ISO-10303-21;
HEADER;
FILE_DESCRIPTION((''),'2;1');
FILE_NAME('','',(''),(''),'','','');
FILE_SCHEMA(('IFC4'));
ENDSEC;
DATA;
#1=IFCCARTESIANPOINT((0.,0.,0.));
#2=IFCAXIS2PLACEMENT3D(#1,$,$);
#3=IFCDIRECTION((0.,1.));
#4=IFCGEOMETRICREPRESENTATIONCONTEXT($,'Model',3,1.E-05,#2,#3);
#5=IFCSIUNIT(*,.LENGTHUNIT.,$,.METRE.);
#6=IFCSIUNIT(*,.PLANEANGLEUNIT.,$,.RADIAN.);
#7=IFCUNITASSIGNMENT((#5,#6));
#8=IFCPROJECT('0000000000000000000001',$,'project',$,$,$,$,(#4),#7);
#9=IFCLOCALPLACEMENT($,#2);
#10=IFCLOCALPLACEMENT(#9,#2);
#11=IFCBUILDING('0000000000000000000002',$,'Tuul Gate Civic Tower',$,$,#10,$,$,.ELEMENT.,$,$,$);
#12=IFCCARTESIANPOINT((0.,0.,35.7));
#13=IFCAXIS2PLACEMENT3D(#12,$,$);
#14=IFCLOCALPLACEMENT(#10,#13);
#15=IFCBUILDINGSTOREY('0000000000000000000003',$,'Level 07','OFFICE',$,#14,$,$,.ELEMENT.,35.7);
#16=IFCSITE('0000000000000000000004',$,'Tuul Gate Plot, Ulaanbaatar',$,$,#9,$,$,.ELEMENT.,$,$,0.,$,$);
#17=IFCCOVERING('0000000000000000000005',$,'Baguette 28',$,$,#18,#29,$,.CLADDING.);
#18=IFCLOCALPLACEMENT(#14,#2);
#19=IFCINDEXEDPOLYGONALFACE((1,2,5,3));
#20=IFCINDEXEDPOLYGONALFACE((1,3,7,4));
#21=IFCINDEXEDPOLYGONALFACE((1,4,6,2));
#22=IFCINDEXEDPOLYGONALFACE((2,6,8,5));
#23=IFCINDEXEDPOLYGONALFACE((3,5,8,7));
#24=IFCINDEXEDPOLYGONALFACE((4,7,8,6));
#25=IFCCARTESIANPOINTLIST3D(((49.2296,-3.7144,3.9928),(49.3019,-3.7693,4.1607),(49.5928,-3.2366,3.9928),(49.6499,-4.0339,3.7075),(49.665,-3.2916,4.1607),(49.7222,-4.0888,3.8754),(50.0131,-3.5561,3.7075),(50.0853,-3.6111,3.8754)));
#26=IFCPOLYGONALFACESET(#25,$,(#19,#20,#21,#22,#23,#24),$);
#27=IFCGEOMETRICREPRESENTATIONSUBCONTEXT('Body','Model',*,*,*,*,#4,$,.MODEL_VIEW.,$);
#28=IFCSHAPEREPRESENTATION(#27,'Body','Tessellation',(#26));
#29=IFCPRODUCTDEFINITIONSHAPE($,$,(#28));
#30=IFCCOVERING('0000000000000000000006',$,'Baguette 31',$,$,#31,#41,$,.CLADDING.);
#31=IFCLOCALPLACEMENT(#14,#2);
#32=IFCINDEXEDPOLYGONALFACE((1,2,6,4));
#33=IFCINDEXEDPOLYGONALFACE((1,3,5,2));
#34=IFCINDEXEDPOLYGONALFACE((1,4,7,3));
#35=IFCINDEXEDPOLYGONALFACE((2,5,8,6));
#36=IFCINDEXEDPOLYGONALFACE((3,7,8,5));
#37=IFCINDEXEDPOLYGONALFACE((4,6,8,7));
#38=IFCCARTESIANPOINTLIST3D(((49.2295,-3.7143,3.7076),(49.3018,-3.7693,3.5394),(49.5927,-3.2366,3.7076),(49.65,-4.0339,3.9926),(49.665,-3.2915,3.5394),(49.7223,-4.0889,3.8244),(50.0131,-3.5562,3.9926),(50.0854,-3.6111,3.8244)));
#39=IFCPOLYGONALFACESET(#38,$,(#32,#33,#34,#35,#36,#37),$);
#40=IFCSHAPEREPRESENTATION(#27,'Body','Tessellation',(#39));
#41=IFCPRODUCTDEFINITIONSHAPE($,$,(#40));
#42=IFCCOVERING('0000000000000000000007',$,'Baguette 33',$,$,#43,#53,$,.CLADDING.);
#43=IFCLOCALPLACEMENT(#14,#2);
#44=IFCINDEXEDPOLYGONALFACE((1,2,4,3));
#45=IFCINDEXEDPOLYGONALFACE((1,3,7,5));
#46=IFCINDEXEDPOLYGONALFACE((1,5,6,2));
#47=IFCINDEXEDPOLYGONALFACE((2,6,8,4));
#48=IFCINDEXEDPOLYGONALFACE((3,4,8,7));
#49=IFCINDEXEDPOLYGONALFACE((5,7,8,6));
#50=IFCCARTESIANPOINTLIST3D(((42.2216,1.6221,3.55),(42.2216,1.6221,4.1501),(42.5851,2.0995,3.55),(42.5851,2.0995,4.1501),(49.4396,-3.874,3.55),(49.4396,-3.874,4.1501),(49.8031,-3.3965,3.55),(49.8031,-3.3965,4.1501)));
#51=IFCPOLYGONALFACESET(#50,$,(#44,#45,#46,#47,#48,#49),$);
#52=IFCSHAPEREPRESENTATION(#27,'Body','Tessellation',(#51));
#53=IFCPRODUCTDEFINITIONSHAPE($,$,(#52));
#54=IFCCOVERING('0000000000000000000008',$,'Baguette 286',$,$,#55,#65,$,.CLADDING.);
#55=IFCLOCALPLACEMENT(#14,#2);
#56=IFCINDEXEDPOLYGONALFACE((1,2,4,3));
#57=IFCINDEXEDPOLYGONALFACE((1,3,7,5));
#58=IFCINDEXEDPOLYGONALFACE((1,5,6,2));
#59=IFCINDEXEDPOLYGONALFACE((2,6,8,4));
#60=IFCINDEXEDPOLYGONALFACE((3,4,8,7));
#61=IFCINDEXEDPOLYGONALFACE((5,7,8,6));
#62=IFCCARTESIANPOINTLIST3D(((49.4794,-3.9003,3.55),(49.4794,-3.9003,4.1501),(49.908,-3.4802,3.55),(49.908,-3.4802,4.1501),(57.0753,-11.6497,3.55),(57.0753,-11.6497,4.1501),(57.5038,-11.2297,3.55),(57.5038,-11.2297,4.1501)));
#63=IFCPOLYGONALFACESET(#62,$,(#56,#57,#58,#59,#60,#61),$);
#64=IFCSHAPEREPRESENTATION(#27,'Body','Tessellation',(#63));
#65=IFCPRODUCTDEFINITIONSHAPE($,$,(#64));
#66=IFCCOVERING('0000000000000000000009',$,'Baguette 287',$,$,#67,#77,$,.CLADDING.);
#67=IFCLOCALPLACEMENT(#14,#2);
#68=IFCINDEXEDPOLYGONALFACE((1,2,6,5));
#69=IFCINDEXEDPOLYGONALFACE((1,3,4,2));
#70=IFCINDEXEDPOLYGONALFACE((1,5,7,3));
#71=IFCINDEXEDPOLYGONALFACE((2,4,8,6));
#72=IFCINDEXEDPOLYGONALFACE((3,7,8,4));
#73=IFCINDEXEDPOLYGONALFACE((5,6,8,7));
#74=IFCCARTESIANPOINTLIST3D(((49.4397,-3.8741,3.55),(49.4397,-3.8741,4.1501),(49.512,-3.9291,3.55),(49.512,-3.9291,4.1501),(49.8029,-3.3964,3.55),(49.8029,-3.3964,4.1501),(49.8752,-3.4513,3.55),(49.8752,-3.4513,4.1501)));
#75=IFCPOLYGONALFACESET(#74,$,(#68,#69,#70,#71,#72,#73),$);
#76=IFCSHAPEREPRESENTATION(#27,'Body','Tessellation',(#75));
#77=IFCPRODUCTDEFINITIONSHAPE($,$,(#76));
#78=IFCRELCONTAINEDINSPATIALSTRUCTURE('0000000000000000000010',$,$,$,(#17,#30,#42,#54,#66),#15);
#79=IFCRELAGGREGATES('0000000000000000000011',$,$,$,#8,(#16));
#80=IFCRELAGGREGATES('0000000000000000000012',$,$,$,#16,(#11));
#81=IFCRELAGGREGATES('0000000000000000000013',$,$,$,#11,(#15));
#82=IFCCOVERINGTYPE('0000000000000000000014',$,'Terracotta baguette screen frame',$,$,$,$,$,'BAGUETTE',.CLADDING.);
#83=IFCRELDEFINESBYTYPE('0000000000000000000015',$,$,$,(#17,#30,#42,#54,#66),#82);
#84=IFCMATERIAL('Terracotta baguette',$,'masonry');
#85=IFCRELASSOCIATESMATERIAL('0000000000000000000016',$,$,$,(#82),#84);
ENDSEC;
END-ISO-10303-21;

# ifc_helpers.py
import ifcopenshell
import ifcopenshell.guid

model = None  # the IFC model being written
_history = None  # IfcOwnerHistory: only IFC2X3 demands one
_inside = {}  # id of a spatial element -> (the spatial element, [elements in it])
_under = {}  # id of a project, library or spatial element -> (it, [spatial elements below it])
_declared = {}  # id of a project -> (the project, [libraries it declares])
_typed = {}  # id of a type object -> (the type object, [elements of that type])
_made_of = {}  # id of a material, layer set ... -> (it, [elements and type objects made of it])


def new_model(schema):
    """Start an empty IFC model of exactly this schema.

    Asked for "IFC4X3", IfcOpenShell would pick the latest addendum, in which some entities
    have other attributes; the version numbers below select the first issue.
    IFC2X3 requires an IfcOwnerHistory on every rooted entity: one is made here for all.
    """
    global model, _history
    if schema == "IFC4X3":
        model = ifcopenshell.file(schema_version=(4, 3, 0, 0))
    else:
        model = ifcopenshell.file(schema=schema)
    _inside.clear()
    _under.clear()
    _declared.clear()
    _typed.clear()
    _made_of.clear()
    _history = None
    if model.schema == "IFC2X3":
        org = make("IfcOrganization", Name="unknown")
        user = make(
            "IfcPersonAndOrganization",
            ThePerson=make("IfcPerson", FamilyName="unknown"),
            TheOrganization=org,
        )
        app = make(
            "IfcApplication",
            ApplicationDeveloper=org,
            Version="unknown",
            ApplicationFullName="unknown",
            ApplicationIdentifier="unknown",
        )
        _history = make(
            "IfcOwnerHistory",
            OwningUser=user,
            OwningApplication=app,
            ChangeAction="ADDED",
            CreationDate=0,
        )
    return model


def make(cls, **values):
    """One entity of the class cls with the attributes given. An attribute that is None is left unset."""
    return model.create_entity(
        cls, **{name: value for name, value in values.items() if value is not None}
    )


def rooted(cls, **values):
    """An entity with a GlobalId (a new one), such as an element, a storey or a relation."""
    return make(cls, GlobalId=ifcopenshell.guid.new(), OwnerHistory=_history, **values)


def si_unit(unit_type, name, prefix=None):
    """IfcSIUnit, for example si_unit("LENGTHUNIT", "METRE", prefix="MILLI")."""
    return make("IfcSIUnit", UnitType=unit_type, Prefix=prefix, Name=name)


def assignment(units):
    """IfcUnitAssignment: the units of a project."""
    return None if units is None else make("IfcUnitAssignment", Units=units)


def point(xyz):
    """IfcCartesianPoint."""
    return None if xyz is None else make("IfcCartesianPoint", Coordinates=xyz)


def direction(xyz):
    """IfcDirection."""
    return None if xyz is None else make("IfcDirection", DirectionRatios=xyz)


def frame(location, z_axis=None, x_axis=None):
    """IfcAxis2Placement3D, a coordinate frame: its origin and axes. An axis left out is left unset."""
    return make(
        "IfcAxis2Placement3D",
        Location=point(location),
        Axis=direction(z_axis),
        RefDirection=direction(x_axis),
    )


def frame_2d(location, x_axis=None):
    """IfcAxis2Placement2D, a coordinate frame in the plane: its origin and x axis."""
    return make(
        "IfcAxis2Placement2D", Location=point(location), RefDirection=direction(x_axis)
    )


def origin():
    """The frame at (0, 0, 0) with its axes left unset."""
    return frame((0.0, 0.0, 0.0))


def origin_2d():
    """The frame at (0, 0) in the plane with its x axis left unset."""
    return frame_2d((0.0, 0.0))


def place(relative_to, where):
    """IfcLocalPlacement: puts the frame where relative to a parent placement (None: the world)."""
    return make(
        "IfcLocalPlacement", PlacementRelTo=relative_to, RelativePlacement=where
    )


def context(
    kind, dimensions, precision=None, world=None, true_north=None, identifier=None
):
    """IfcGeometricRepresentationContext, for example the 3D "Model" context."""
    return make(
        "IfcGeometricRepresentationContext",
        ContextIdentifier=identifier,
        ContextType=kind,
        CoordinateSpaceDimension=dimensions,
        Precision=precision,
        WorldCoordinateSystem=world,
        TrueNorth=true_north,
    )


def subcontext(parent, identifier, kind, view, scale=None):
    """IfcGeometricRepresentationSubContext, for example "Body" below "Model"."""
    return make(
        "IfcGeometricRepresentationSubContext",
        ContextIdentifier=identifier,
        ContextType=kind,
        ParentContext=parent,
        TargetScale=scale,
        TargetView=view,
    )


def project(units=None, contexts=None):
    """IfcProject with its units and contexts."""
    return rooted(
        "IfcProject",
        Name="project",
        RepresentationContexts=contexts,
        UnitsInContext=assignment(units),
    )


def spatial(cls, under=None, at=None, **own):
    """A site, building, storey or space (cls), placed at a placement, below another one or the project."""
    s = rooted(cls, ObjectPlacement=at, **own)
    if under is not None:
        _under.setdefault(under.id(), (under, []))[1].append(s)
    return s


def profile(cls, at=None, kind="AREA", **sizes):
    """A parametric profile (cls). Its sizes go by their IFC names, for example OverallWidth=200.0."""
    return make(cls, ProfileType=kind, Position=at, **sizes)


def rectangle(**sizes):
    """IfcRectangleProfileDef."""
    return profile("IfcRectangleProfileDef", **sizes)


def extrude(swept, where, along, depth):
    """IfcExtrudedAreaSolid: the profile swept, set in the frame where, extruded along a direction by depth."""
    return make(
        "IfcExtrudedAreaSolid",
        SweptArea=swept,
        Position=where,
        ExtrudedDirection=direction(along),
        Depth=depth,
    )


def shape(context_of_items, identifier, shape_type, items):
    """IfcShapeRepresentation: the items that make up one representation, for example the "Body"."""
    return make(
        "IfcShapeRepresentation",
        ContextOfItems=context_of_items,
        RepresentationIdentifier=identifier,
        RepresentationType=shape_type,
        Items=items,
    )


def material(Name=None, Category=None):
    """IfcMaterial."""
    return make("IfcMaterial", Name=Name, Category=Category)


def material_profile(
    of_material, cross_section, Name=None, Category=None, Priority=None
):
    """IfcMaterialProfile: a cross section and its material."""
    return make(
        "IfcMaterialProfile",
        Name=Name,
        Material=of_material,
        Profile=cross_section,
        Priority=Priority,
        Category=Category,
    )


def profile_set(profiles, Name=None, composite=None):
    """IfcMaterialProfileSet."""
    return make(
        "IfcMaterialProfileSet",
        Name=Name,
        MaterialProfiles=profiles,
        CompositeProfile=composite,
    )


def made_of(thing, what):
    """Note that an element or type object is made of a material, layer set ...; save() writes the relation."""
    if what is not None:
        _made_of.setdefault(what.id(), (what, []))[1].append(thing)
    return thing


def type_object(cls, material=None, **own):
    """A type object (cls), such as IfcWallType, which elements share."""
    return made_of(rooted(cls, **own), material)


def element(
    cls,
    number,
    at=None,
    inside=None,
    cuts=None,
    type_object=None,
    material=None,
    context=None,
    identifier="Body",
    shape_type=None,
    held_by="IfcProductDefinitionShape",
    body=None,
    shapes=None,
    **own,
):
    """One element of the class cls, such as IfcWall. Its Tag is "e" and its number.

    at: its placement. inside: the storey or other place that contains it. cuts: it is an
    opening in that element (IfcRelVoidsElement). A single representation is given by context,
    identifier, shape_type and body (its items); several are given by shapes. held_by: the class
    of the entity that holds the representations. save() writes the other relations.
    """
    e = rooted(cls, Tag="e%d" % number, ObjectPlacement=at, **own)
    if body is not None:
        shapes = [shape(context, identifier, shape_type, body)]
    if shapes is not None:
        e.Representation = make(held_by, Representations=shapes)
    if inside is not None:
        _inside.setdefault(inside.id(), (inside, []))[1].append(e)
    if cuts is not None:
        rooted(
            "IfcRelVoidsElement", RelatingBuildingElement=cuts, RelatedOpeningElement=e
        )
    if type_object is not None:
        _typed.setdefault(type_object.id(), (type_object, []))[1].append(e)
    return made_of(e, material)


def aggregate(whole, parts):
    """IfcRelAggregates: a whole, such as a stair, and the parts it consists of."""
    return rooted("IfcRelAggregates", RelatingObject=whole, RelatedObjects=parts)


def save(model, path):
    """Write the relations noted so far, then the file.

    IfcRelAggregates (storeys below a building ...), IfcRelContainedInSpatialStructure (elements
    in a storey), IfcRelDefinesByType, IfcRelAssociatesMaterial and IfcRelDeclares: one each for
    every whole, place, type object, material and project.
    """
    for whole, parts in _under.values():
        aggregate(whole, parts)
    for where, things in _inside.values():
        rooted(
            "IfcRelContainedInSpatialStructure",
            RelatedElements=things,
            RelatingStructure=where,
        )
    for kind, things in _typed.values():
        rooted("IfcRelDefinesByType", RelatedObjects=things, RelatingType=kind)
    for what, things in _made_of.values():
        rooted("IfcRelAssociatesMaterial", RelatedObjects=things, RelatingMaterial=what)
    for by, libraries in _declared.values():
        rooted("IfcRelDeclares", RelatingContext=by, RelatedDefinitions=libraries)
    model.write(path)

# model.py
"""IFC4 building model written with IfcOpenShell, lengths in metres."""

from ifc_helpers import new_model, si_unit, direction, frame, origin, origin_2d, place, context, subcontext, project, spatial, rectangle, extrude, material, material_profile, profile_set, type_object, element, save


model = new_model("IFC4")

# Units and contexts
model_context = context("Model", 3, precision=1e-05, world=origin(), true_north=direction((0.0, 1.0)))
body_context = subcontext(model_context, "Body", "Model", "MODEL_VIEW")
ifc_project = project(units=[si_unit("LENGTHUNIT", "METRE"), si_unit("PLANEANGLEUNIT", "RADIAN")], contexts=[model_context])

# Site, building, storey
site_placement = place(None, origin())
site = spatial("IfcSite", under=ifc_project, at=site_placement, Name="Tuul Gate Plot, Ulaanbaatar", CompositionType="ELEMENT", RefElevation=0.0)
building_placement = place(site_placement, origin())
building = spatial("IfcBuilding", under=site, at=building_placement, Name="Tuul Gate Civic Tower", CompositionType="ELEMENT")
storey_placement = place(building_placement, frame((0.0, 0.0, 35.7)))
storey = spatial("IfcBuildingStorey", under=building, at=storey_placement, Name="Level 07", Description="OFFICE", CompositionType="ELEMENT", Elevation=35.7)

# Coverings
ifc_material_1 = material(Name="Terracotta baguette", Category="masonry")
ifc_material_profile_1 = material_profile(ifc_material_1, rectangle(XDim=0.6001, YDim=0.6001, at=origin_2d()), Name="Terracotta baguette screen frame")
ifc_profile_set_1 = profile_set([ifc_material_profile_1], Name="Terracotta baguette")
covering_type = type_object("IfcCoveringType", Name="Terracotta baguette screen frame", ElementType="BAGUETTE", PredefinedType="CLADDING", material=ifc_profile_set_1)
covering_1_placement = place(storey_placement, frame((49.6936, -3.6902, 4.0181), z_axis=(-0.378498, 0.287709, -0.879752), x_axis=(-0.605151, -0.79611, 0.0)))
element("IfcCovering", 1, at=covering_1_placement, inside=storey, type_object=covering_type, Name="Baguette 28", PredefinedType="CLADDING", context=body_context, shape_type="SweptSolid", body=[
    extrude(rectangle(XDim=0.6001, YDim=0.6001, at=origin_2d()), origin(), (0.0, 0.0, 1.0), 0.1909),
])
covering_2_placement = place(storey_placement, frame((49.6213, -3.6353, 3.8501), z_axis=(0.378072, -0.287386, -0.88004), x_axis=(0.605151, 0.79611, 0.0)))
element("IfcCovering", 2, at=covering_2_placement, inside=storey, type_object=covering_type, Name="Baguette 31", PredefinedType="CLADDING", context=body_context, shape_type="SweptSolid", body=[
    extrude(rectangle(XDim=0.6001, YDim=0.6001, at=origin_2d()), origin(), (0.0, 0.0, 1.0), 0.1912),
])
covering_3_placement = place(storey_placement, frame((49.6213, -3.6353, 3.8501), z_axis=(-0.79561, 0.60581, 0.0), x_axis=(-0.60581, -0.79561, 0.0)))
element("IfcCovering", 3, at=covering_3_placement, inside=storey, type_object=covering_type, Name="Baguette 33", PredefinedType="CLADDING", context=body_context, shape_type="SweptSolid", body=[
    extrude(rectangle(XDim=0.6001, YDim=0.6001, at=origin_2d()), origin(), (0.0, 0.0, 1.0), 9.0723),
])
covering_4_placement = place(storey_placement, frame((57.2896, -11.4397, 3.8501), z_axis=(-0.699996, 0.714147, 0.0), x_axis=(-0.714147, -0.699996, 0.0)))
element("IfcCovering", 4, at=covering_4_placement, inside=storey, type_object=covering_type, Name="Baguette 286", PredefinedType="CLADDING", context=body_context, shape_type="SweptSolid", body=[
    extrude(rectangle(XDim=0.6001, YDim=0.6001, at=origin_2d()), origin(), (0.0, 0.0, 1.0), 10.8513),
])
covering_5_placement = place(storey_placement, frame((49.6936, -3.6902, 3.8501), z_axis=(-0.79611, 0.605151, 0.0), x_axis=(-0.605151, -0.79611, 0.0)))
element("IfcCovering", 5, at=covering_5_placement, inside=storey, type_object=covering_type, Name="Baguette 287", PredefinedType="CLADDING", context=body_context, shape_type="SweptSolid", body=[
    extrude(rectangle(XDim=0.6001, YDim=0.6001, at=origin_2d()), origin(), (0.0, 0.0, 1.0), 0.0908),
])

save(model, "model.ifc")
